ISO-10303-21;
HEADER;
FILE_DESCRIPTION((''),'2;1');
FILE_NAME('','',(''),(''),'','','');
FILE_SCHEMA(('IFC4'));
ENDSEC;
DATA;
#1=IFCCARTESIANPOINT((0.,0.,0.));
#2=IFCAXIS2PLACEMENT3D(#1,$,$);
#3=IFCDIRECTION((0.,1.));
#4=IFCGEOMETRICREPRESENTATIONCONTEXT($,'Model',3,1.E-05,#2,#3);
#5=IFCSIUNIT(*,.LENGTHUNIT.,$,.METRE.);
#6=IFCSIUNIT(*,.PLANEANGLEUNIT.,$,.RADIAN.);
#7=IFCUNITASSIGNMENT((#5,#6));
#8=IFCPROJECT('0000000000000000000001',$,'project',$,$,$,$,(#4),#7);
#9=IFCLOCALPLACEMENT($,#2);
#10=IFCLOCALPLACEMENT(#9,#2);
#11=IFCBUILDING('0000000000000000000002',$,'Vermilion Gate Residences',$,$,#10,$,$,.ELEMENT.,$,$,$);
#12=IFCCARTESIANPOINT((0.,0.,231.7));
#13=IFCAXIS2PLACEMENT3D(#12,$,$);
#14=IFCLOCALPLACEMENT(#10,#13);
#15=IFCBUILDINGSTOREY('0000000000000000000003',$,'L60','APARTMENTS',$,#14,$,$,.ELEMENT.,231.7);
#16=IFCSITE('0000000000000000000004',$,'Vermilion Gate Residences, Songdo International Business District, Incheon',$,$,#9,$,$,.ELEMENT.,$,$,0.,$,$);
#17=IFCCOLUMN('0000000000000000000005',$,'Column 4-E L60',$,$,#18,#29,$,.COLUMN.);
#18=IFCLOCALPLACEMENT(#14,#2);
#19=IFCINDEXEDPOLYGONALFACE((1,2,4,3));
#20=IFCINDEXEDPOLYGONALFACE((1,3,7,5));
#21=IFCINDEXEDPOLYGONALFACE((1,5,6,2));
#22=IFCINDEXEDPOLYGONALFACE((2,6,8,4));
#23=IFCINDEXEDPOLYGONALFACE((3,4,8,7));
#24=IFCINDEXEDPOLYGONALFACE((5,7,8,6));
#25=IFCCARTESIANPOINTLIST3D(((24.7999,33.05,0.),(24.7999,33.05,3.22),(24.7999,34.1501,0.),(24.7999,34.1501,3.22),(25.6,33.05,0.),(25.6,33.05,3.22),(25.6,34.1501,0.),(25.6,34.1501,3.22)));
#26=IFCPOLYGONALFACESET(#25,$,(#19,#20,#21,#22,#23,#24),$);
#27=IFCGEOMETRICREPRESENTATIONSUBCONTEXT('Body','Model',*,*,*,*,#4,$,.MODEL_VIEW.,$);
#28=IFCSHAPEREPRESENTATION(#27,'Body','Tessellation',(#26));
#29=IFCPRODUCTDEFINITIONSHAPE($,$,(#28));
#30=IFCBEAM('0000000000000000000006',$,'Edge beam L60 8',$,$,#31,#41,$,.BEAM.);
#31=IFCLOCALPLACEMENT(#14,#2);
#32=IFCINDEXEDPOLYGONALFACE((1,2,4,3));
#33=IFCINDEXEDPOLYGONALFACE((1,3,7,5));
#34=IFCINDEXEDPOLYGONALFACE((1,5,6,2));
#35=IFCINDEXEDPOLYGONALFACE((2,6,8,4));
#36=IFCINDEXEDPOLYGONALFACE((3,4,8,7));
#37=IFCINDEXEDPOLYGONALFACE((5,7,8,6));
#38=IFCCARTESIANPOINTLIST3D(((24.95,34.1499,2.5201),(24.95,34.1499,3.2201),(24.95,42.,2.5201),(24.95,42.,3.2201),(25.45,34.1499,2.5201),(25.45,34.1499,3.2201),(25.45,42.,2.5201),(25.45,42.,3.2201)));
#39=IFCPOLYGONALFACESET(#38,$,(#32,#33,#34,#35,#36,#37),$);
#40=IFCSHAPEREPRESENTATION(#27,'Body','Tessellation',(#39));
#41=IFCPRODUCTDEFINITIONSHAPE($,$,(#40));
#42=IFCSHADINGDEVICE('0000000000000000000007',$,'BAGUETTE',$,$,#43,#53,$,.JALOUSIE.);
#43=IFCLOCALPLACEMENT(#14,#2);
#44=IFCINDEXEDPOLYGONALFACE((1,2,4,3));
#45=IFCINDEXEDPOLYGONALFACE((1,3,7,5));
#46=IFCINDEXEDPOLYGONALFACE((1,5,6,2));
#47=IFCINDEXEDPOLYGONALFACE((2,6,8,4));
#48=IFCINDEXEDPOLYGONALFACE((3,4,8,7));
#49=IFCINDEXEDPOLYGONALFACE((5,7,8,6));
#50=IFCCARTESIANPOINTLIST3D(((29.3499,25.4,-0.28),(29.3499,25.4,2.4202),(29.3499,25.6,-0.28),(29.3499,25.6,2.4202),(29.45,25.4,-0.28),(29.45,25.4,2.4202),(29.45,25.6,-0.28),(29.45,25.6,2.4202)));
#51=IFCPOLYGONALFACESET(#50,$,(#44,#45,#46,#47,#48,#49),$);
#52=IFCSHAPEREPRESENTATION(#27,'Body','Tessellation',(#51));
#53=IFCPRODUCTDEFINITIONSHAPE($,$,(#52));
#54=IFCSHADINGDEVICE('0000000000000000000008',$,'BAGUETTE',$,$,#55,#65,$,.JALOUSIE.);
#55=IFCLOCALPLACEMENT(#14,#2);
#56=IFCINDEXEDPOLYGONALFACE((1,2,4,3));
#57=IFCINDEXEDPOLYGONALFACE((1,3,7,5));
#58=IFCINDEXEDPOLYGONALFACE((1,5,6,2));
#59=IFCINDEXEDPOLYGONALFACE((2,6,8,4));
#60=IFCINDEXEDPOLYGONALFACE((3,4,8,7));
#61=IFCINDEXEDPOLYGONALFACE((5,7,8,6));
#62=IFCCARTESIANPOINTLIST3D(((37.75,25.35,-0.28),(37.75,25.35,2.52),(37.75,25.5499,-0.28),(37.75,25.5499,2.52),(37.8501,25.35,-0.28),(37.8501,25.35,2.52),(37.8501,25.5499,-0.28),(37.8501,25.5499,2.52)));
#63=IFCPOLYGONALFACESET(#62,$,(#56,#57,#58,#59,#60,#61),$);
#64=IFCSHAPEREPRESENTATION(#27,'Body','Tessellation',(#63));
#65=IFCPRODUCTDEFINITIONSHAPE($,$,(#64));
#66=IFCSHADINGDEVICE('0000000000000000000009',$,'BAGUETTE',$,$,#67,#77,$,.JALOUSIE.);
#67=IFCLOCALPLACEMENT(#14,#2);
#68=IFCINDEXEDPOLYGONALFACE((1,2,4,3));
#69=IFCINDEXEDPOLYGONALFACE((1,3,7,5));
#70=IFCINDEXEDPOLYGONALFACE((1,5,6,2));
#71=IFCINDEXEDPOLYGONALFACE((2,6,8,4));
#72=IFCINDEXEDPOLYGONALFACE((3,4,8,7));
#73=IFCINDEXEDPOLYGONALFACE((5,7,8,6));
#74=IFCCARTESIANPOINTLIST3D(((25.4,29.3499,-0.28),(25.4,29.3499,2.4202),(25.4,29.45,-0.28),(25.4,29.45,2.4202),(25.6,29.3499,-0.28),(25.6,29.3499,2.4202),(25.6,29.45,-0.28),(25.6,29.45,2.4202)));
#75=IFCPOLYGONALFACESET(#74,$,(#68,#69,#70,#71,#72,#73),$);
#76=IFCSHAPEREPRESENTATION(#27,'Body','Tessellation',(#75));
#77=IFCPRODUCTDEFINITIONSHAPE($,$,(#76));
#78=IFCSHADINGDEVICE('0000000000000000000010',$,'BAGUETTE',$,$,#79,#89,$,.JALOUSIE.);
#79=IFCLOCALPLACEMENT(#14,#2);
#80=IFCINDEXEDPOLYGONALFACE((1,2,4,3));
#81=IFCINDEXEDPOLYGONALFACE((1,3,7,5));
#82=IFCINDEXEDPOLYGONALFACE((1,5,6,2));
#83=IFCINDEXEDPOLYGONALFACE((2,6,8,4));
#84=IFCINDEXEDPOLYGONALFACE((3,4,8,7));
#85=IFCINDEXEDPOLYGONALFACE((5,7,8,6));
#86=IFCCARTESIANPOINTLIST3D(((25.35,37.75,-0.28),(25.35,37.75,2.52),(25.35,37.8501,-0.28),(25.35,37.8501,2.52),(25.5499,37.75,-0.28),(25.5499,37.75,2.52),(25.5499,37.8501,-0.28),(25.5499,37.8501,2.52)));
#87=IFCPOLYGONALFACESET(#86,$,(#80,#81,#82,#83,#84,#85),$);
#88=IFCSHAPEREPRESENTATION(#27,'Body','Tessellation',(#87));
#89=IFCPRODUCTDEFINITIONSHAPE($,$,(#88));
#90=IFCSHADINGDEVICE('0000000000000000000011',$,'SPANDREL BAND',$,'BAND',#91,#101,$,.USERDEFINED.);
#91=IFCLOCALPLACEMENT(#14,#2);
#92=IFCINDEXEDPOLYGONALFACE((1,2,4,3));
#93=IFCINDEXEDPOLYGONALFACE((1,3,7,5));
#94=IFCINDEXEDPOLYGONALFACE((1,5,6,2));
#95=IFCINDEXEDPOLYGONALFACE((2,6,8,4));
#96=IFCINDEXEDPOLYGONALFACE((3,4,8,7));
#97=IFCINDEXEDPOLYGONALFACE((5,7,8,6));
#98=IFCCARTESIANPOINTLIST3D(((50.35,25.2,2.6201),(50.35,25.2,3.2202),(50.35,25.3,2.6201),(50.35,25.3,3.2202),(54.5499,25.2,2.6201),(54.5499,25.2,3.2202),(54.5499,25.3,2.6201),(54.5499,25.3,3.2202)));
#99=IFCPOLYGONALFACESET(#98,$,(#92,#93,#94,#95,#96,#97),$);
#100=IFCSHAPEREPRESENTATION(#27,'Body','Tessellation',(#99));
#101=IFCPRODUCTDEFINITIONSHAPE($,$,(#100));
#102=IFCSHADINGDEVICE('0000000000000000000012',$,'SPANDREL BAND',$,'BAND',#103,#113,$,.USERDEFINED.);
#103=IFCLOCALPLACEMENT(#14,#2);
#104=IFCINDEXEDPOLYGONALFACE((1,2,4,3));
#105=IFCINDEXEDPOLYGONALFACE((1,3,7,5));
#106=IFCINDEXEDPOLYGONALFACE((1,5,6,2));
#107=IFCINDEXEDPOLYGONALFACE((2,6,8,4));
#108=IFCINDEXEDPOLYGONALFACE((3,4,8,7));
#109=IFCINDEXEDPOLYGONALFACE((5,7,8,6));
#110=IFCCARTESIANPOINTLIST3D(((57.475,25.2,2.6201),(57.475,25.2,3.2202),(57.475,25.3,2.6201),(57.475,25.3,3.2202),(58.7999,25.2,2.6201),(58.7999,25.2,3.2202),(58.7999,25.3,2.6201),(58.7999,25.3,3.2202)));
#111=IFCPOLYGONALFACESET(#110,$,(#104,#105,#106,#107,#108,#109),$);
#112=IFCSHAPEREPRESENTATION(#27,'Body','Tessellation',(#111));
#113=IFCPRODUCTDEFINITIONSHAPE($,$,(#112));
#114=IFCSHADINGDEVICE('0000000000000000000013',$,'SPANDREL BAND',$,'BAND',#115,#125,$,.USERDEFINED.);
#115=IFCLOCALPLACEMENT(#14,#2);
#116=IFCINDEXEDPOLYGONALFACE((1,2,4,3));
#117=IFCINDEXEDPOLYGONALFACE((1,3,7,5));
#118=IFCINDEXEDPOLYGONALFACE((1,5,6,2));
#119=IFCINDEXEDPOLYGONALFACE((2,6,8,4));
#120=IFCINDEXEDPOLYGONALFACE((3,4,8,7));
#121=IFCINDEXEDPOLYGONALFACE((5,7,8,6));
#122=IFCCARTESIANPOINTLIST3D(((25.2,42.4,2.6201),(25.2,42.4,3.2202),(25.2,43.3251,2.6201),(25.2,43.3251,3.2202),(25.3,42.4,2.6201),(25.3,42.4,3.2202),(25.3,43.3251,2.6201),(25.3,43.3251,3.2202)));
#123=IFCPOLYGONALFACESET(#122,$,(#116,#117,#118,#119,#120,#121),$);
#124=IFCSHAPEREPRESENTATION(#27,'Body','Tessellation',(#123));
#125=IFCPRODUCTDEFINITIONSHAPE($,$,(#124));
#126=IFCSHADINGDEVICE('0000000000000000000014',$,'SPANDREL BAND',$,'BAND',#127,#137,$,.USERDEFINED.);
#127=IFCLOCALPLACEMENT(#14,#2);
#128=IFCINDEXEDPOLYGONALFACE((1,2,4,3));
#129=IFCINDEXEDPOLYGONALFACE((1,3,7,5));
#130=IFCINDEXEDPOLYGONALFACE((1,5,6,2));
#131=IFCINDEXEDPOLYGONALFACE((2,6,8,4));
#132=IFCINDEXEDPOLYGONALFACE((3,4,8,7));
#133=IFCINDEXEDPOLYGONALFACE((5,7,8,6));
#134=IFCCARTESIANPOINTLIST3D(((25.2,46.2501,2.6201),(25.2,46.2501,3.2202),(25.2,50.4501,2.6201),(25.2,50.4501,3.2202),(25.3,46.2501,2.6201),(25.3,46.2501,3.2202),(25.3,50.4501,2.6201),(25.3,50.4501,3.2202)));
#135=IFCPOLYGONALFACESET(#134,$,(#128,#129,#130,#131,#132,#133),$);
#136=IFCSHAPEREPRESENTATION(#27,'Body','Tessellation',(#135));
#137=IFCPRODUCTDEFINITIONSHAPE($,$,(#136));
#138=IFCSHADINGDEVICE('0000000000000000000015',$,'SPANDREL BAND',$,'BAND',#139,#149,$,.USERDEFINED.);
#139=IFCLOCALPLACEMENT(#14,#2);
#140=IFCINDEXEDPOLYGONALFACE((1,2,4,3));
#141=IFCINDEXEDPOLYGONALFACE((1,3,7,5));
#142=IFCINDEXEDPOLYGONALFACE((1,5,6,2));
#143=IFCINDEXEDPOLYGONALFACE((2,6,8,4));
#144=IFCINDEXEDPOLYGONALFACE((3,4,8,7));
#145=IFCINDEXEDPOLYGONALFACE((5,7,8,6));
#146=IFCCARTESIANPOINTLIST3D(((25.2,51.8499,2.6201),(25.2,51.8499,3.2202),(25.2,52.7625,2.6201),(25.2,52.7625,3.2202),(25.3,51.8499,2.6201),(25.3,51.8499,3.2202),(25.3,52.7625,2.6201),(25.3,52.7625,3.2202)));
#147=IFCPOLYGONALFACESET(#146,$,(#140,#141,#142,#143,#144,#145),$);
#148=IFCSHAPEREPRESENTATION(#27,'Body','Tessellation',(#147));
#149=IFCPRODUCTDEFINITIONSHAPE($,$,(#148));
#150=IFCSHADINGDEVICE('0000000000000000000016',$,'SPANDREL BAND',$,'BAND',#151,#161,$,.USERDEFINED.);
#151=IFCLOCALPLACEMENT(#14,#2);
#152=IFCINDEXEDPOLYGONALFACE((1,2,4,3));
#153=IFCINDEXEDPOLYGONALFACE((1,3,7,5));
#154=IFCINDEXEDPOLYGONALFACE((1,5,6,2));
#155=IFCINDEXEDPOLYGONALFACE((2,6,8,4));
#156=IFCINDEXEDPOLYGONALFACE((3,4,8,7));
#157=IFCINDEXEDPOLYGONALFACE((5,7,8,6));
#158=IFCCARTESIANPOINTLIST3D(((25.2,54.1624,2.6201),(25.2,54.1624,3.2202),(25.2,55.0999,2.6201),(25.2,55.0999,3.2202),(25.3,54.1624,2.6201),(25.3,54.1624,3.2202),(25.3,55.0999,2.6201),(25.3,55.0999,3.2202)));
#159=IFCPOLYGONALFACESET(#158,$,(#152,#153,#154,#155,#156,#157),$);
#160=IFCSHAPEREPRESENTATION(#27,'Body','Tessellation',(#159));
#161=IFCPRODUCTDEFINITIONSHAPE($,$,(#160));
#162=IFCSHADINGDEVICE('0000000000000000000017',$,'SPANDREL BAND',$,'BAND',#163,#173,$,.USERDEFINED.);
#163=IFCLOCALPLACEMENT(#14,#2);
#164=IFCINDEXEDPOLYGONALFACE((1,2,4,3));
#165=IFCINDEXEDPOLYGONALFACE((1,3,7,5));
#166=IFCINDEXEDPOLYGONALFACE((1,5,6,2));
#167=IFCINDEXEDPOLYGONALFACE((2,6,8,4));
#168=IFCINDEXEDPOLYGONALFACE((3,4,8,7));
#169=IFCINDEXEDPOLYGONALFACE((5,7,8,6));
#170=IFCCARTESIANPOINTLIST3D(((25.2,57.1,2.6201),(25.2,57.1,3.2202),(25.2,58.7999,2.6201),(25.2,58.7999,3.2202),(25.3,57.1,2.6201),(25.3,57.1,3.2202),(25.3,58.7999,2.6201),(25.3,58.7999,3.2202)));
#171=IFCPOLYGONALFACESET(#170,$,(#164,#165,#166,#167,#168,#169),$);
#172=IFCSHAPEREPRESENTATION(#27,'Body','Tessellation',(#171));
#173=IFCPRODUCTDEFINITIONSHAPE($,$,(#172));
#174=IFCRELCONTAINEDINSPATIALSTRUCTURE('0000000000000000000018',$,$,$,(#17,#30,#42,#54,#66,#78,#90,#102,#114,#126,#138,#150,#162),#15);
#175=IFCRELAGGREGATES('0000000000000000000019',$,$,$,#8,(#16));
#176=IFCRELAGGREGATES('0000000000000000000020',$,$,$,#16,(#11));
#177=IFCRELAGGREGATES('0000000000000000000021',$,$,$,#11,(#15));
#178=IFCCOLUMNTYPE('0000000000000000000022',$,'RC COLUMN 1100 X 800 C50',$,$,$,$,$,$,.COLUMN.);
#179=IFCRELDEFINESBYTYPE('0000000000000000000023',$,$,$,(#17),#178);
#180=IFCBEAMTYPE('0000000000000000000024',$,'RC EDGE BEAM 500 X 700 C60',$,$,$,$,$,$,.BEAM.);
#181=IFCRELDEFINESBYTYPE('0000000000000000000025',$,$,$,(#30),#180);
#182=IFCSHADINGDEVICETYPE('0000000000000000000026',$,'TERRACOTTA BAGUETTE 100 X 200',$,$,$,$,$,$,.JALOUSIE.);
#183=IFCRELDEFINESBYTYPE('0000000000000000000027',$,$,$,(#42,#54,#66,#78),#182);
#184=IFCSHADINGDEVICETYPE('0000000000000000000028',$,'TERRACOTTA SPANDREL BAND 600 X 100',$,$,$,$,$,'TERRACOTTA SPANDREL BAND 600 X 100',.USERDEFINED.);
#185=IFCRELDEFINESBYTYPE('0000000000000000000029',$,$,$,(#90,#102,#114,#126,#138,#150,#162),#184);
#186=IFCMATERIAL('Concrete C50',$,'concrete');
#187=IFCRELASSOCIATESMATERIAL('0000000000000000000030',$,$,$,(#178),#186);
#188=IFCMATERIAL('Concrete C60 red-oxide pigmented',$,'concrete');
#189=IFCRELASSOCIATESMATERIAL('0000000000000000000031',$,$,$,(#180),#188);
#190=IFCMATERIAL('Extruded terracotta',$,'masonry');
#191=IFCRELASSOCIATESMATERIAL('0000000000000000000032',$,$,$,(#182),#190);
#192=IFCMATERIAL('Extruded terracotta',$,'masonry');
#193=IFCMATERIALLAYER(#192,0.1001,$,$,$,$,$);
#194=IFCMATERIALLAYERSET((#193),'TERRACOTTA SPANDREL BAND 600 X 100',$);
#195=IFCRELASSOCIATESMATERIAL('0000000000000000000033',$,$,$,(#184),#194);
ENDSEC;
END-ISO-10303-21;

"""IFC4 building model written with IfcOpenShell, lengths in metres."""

from ifc_helpers import new_model, si_unit, direction, frame, origin, origin_2d, place, context, subcontext, project, spatial, rectangle, extrude, material, layer, layer_set, material_profile, profile_set, type_object, element, save


model = new_model("IFC4")

# Units and contexts
model_context = context("Model", 3, precision=1e-05, world=origin(), true_north=direction((0.0, 1.0)))
body_context = subcontext(model_context, "Body", "Model", "MODEL_VIEW")
ifc_project = project(units=[si_unit("LENGTHUNIT", "METRE"), si_unit("PLANEANGLEUNIT", "RADIAN")], contexts=[model_context])

# Site, building, storey
site_placement = place(None, origin())
site = spatial("IfcSite", under=ifc_project, at=site_placement, Name="Vermilion Gate Residences, Songdo International Business District, Incheon", CompositionType="ELEMENT", RefElevation=0.0)
building_placement = place(site_placement, origin())
building = spatial("IfcBuilding", under=site, at=building_placement, Name="Vermilion Gate Residences", CompositionType="ELEMENT")
storey_placement = place(building_placement, frame((0.0, 0.0, 231.7)))
storey = spatial("IfcBuildingStorey", under=building, at=storey_placement, Name="L60", Description="APARTMENTS", CompositionType="ELEMENT", Elevation=231.7)

# Column
ifc_material_1 = material(Name="Concrete C50", Category="concrete")
ifc_material_profile_1 = material_profile(ifc_material_1, rectangle(XDim=1.1001, YDim=0.8, at=origin_2d()), Name="RC-1100x800")
ifc_profile_set_1 = profile_set([ifc_material_profile_1], Name="Concrete C50")
column_type = type_object("IfcColumnType", Name="RC COLUMN 1100 X 800 C50", PredefinedType="COLUMN", material=ifc_profile_set_1)
column_placement = place(storey_placement, frame((25.2, 33.6001, 0.0), z_axis=(0.0, 0.0, 1.0), x_axis=(0.0, 1.0, 0.0)))
element("IfcColumn", 1, at=column_placement, inside=storey, type_object=column_type, Name="Column 4-E L60", PredefinedType="COLUMN", context=body_context, shape_type="SweptSolid", body=[
    extrude(rectangle(XDim=1.1001, YDim=0.8, at=origin_2d()), origin(), (0.0, 0.0, 1.0), 3.22),
])

# Beam
ifc_material_2 = material(Name="Concrete C60 red-oxide pigmented", Category="concrete")
ifc_material_profile_2 = material_profile(ifc_material_2, rectangle(XDim=0.5, YDim=0.7, at=origin_2d()), Name="RC-500x700")
ifc_profile_set_2 = profile_set([ifc_material_profile_2], Name="Concrete C60 red-oxide pigmented")
beam_type = type_object("IfcBeamType", Name="RC EDGE BEAM 500 X 700 C60", PredefinedType="BEAM", material=ifc_profile_set_2)
beam_placement = place(storey_placement, frame((25.2, 34.1499, 2.8701), z_axis=(0.0, 1.0, 0.0), x_axis=(-1.0, 0.0, 0.0)))
element("IfcBeam", 2, at=beam_placement, inside=storey, type_object=beam_type, Name="Edge beam L60 8", PredefinedType="BEAM", context=body_context, shape_type="SweptSolid", body=[
    extrude(rectangle(XDim=0.5, YDim=0.7, at=origin_2d()), origin(), (0.0, 0.0, 1.0), 7.8501),
])

# Shading devices
ifc_material_3 = material(Name="Extruded terracotta", Category="masonry")
ifc_material_profile_3 = material_profile(ifc_material_3, rectangle(XDim=0.2, YDim=0.1001, at=origin_2d()), Name="BAGUETTE 100 X 200")
ifc_profile_set_3 = profile_set([ifc_material_profile_3], Name="Extruded terracotta")
shading_device_type_1 = type_object("IfcShadingDeviceType", Name="TERRACOTTA BAGUETTE 100 X 200", PredefinedType="JALOUSIE", material=ifc_profile_set_3)
shading_device_1_placement = place(storey_placement, frame((29.3999, 25.5, -0.28), z_axis=(0.0, 0.0, 1.0), x_axis=(0.0, -1.0, 0.0)))
element("IfcShadingDevice", 3, at=shading_device_1_placement, inside=storey, type_object=shading_device_type_1, Name="BAGUETTE", PredefinedType="JALOUSIE", context=body_context, shape_type="SweptSolid", body=[
    extrude(rectangle(XDim=0.2, YDim=0.1001, at=origin_2d()), origin(), (0.0, 0.0, 1.0), 2.7002),
])
shading_device_2_placement = place(storey_placement, frame((37.8, 25.45, -0.28), z_axis=(0.0, 0.0, 1.0), x_axis=(0.0, -1.0, 0.0)))
element("IfcShadingDevice", 4, at=shading_device_2_placement, inside=storey, type_object=shading_device_type_1, Name="BAGUETTE", PredefinedType="JALOUSIE", context=body_context, shape_type="SweptSolid", body=[
    extrude(rectangle(XDim=0.2, YDim=0.1001, at=origin_2d()), origin(), (0.0, 0.0, 1.0), 2.8),
])
shading_device_3_placement = place(storey_placement, frame((25.5, 29.3999, -0.28), z_axis=(0.0, 0.0, 1.0), x_axis=(-1.0, 0.0, 0.0)))
element("IfcShadingDevice", 5, at=shading_device_3_placement, inside=storey, type_object=shading_device_type_1, Name="BAGUETTE", PredefinedType="JALOUSIE", context=body_context, shape_type="SweptSolid", body=[
    extrude(rectangle(XDim=0.2, YDim=0.1001, at=origin_2d()), origin(), (0.0, 0.0, 1.0), 2.7002),
])
shading_device_4_placement = place(storey_placement, frame((25.45, 37.8, -0.28), z_axis=(0.0, 0.0, 1.0), x_axis=(-1.0, 0.0, 0.0)))
element("IfcShadingDevice", 6, at=shading_device_4_placement, inside=storey, type_object=shading_device_type_1, Name="BAGUETTE", PredefinedType="JALOUSIE", context=body_context, shape_type="SweptSolid", body=[
    extrude(rectangle(XDim=0.2, YDim=0.1001, at=origin_2d()), origin(), (0.0, 0.0, 1.0), 2.8),
])
ifc_material_4 = material(Name="Extruded terracotta", Category="masonry")
ifc_layer = layer(ifc_material_4, 0.1001)
ifc_layer_set = layer_set([ifc_layer], Name="TERRACOTTA SPANDREL BAND 600 X 100")
shading_device_type_2 = type_object("IfcShadingDeviceType", Name="TERRACOTTA SPANDREL BAND 600 X 100", ElementType="TERRACOTTA SPANDREL BAND 600 X 100", PredefinedType="USERDEFINED", material=ifc_layer_set)
shading_device_5_placement = place(storey_placement, frame((52.45, 25.25, 2.6201), z_axis=(0.0, 0.0, 1.0), x_axis=(1.0, 0.0, 0.0)))
element("IfcShadingDevice", 7, at=shading_device_5_placement, inside=storey, type_object=shading_device_type_2, Name="SPANDREL BAND", ObjectType="BAND", PredefinedType="USERDEFINED", context=body_context, shape_type="SweptSolid", body=[
    extrude(rectangle(XDim=4.2, YDim=0.1001, at=origin_2d()), origin(), (0.0, 0.0, 1.0), 0.6001),
])
shading_device_6_placement = place(storey_placement, frame((58.1375, 25.25, 2.6201), z_axis=(0.0, 0.0, 1.0), x_axis=(1.0, 0.0, 0.0)))
element("IfcShadingDevice", 8, at=shading_device_6_placement, inside=storey, type_object=shading_device_type_2, Name="SPANDREL BAND", ObjectType="BAND", PredefinedType="USERDEFINED", context=body_context, shape_type="SweptSolid", body=[
    extrude(rectangle(XDim=1.325, YDim=0.1001, at=origin_2d()), origin(), (0.0, 0.0, 1.0), 0.6001),
])
shading_device_7_placement = place(storey_placement, frame((25.25, 42.8625, 2.6201), z_axis=(0.0, 0.0, 1.0), x_axis=(0.0, 1.0, 0.0)))
element("IfcShadingDevice", 9, at=shading_device_7_placement, inside=storey, type_object=shading_device_type_2, Name="SPANDREL BAND", ObjectType="BAND", PredefinedType="USERDEFINED", context=body_context, shape_type="SweptSolid", body=[
    extrude(rectangle(XDim=0.925, YDim=0.1001, at=origin_2d()), origin(), (0.0, 0.0, 1.0), 0.6001),
])
shading_device_8_placement = place(storey_placement, frame((25.25, 48.3501, 2.6201), z_axis=(0.0, 0.0, 1.0), x_axis=(0.0, 1.0, 0.0)))
element("IfcShadingDevice", 10, at=shading_device_8_placement, inside=storey, type_object=shading_device_type_2, Name="SPANDREL BAND", ObjectType="BAND", PredefinedType="USERDEFINED", context=body_context, shape_type="SweptSolid", body=[
    extrude(rectangle(XDim=4.2, YDim=0.1001, at=origin_2d()), origin(), (0.0, 0.0, 1.0), 0.6001),
])
shading_device_9_placement = place(storey_placement, frame((25.25, 52.3062, 2.6201), z_axis=(0.0, 0.0, 1.0), x_axis=(0.0, 1.0, 0.0)))
element("IfcShadingDevice", 11, at=shading_device_9_placement, inside=storey, type_object=shading_device_type_2, Name="SPANDREL BAND", ObjectType="BAND", PredefinedType="USERDEFINED", context=body_context, shape_type="SweptSolid", body=[
    extrude(rectangle(XDim=0.9126, YDim=0.1001, at=origin_2d()), origin(), (0.0, 0.0, 1.0), 0.6001),
])
shading_device_10_placement = place(storey_placement, frame((25.25, 54.6311, 2.6201), z_axis=(0.0, 0.0, 1.0), x_axis=(0.0, 1.0, 0.0)))
element("IfcShadingDevice", 12, at=shading_device_10_placement, inside=storey, type_object=shading_device_type_2, Name="SPANDREL BAND", ObjectType="BAND", PredefinedType="USERDEFINED", context=body_context, shape_type="SweptSolid", body=[
    extrude(rectangle(XDim=0.9375, YDim=0.1001, at=origin_2d()), origin(), (0.0, 0.0, 1.0), 0.6001),
])
shading_device_11_placement = place(storey_placement, frame((25.25, 57.95, 2.6201), z_axis=(0.0, 0.0, 1.0), x_axis=(0.0, 1.0, 0.0)))
element("IfcShadingDevice", 13, at=shading_device_11_placement, inside=storey, type_object=shading_device_type_2, Name="SPANDREL BAND", ObjectType="BAND", PredefinedType="USERDEFINED", context=body_context, shape_type="SweptSolid", body=[
    extrude(rectangle(XDim=1.7, YDim=0.1001, at=origin_2d()), origin(), (0.0, 0.0, 1.0), 0.6001),
])

save(model, "model.ifc")
